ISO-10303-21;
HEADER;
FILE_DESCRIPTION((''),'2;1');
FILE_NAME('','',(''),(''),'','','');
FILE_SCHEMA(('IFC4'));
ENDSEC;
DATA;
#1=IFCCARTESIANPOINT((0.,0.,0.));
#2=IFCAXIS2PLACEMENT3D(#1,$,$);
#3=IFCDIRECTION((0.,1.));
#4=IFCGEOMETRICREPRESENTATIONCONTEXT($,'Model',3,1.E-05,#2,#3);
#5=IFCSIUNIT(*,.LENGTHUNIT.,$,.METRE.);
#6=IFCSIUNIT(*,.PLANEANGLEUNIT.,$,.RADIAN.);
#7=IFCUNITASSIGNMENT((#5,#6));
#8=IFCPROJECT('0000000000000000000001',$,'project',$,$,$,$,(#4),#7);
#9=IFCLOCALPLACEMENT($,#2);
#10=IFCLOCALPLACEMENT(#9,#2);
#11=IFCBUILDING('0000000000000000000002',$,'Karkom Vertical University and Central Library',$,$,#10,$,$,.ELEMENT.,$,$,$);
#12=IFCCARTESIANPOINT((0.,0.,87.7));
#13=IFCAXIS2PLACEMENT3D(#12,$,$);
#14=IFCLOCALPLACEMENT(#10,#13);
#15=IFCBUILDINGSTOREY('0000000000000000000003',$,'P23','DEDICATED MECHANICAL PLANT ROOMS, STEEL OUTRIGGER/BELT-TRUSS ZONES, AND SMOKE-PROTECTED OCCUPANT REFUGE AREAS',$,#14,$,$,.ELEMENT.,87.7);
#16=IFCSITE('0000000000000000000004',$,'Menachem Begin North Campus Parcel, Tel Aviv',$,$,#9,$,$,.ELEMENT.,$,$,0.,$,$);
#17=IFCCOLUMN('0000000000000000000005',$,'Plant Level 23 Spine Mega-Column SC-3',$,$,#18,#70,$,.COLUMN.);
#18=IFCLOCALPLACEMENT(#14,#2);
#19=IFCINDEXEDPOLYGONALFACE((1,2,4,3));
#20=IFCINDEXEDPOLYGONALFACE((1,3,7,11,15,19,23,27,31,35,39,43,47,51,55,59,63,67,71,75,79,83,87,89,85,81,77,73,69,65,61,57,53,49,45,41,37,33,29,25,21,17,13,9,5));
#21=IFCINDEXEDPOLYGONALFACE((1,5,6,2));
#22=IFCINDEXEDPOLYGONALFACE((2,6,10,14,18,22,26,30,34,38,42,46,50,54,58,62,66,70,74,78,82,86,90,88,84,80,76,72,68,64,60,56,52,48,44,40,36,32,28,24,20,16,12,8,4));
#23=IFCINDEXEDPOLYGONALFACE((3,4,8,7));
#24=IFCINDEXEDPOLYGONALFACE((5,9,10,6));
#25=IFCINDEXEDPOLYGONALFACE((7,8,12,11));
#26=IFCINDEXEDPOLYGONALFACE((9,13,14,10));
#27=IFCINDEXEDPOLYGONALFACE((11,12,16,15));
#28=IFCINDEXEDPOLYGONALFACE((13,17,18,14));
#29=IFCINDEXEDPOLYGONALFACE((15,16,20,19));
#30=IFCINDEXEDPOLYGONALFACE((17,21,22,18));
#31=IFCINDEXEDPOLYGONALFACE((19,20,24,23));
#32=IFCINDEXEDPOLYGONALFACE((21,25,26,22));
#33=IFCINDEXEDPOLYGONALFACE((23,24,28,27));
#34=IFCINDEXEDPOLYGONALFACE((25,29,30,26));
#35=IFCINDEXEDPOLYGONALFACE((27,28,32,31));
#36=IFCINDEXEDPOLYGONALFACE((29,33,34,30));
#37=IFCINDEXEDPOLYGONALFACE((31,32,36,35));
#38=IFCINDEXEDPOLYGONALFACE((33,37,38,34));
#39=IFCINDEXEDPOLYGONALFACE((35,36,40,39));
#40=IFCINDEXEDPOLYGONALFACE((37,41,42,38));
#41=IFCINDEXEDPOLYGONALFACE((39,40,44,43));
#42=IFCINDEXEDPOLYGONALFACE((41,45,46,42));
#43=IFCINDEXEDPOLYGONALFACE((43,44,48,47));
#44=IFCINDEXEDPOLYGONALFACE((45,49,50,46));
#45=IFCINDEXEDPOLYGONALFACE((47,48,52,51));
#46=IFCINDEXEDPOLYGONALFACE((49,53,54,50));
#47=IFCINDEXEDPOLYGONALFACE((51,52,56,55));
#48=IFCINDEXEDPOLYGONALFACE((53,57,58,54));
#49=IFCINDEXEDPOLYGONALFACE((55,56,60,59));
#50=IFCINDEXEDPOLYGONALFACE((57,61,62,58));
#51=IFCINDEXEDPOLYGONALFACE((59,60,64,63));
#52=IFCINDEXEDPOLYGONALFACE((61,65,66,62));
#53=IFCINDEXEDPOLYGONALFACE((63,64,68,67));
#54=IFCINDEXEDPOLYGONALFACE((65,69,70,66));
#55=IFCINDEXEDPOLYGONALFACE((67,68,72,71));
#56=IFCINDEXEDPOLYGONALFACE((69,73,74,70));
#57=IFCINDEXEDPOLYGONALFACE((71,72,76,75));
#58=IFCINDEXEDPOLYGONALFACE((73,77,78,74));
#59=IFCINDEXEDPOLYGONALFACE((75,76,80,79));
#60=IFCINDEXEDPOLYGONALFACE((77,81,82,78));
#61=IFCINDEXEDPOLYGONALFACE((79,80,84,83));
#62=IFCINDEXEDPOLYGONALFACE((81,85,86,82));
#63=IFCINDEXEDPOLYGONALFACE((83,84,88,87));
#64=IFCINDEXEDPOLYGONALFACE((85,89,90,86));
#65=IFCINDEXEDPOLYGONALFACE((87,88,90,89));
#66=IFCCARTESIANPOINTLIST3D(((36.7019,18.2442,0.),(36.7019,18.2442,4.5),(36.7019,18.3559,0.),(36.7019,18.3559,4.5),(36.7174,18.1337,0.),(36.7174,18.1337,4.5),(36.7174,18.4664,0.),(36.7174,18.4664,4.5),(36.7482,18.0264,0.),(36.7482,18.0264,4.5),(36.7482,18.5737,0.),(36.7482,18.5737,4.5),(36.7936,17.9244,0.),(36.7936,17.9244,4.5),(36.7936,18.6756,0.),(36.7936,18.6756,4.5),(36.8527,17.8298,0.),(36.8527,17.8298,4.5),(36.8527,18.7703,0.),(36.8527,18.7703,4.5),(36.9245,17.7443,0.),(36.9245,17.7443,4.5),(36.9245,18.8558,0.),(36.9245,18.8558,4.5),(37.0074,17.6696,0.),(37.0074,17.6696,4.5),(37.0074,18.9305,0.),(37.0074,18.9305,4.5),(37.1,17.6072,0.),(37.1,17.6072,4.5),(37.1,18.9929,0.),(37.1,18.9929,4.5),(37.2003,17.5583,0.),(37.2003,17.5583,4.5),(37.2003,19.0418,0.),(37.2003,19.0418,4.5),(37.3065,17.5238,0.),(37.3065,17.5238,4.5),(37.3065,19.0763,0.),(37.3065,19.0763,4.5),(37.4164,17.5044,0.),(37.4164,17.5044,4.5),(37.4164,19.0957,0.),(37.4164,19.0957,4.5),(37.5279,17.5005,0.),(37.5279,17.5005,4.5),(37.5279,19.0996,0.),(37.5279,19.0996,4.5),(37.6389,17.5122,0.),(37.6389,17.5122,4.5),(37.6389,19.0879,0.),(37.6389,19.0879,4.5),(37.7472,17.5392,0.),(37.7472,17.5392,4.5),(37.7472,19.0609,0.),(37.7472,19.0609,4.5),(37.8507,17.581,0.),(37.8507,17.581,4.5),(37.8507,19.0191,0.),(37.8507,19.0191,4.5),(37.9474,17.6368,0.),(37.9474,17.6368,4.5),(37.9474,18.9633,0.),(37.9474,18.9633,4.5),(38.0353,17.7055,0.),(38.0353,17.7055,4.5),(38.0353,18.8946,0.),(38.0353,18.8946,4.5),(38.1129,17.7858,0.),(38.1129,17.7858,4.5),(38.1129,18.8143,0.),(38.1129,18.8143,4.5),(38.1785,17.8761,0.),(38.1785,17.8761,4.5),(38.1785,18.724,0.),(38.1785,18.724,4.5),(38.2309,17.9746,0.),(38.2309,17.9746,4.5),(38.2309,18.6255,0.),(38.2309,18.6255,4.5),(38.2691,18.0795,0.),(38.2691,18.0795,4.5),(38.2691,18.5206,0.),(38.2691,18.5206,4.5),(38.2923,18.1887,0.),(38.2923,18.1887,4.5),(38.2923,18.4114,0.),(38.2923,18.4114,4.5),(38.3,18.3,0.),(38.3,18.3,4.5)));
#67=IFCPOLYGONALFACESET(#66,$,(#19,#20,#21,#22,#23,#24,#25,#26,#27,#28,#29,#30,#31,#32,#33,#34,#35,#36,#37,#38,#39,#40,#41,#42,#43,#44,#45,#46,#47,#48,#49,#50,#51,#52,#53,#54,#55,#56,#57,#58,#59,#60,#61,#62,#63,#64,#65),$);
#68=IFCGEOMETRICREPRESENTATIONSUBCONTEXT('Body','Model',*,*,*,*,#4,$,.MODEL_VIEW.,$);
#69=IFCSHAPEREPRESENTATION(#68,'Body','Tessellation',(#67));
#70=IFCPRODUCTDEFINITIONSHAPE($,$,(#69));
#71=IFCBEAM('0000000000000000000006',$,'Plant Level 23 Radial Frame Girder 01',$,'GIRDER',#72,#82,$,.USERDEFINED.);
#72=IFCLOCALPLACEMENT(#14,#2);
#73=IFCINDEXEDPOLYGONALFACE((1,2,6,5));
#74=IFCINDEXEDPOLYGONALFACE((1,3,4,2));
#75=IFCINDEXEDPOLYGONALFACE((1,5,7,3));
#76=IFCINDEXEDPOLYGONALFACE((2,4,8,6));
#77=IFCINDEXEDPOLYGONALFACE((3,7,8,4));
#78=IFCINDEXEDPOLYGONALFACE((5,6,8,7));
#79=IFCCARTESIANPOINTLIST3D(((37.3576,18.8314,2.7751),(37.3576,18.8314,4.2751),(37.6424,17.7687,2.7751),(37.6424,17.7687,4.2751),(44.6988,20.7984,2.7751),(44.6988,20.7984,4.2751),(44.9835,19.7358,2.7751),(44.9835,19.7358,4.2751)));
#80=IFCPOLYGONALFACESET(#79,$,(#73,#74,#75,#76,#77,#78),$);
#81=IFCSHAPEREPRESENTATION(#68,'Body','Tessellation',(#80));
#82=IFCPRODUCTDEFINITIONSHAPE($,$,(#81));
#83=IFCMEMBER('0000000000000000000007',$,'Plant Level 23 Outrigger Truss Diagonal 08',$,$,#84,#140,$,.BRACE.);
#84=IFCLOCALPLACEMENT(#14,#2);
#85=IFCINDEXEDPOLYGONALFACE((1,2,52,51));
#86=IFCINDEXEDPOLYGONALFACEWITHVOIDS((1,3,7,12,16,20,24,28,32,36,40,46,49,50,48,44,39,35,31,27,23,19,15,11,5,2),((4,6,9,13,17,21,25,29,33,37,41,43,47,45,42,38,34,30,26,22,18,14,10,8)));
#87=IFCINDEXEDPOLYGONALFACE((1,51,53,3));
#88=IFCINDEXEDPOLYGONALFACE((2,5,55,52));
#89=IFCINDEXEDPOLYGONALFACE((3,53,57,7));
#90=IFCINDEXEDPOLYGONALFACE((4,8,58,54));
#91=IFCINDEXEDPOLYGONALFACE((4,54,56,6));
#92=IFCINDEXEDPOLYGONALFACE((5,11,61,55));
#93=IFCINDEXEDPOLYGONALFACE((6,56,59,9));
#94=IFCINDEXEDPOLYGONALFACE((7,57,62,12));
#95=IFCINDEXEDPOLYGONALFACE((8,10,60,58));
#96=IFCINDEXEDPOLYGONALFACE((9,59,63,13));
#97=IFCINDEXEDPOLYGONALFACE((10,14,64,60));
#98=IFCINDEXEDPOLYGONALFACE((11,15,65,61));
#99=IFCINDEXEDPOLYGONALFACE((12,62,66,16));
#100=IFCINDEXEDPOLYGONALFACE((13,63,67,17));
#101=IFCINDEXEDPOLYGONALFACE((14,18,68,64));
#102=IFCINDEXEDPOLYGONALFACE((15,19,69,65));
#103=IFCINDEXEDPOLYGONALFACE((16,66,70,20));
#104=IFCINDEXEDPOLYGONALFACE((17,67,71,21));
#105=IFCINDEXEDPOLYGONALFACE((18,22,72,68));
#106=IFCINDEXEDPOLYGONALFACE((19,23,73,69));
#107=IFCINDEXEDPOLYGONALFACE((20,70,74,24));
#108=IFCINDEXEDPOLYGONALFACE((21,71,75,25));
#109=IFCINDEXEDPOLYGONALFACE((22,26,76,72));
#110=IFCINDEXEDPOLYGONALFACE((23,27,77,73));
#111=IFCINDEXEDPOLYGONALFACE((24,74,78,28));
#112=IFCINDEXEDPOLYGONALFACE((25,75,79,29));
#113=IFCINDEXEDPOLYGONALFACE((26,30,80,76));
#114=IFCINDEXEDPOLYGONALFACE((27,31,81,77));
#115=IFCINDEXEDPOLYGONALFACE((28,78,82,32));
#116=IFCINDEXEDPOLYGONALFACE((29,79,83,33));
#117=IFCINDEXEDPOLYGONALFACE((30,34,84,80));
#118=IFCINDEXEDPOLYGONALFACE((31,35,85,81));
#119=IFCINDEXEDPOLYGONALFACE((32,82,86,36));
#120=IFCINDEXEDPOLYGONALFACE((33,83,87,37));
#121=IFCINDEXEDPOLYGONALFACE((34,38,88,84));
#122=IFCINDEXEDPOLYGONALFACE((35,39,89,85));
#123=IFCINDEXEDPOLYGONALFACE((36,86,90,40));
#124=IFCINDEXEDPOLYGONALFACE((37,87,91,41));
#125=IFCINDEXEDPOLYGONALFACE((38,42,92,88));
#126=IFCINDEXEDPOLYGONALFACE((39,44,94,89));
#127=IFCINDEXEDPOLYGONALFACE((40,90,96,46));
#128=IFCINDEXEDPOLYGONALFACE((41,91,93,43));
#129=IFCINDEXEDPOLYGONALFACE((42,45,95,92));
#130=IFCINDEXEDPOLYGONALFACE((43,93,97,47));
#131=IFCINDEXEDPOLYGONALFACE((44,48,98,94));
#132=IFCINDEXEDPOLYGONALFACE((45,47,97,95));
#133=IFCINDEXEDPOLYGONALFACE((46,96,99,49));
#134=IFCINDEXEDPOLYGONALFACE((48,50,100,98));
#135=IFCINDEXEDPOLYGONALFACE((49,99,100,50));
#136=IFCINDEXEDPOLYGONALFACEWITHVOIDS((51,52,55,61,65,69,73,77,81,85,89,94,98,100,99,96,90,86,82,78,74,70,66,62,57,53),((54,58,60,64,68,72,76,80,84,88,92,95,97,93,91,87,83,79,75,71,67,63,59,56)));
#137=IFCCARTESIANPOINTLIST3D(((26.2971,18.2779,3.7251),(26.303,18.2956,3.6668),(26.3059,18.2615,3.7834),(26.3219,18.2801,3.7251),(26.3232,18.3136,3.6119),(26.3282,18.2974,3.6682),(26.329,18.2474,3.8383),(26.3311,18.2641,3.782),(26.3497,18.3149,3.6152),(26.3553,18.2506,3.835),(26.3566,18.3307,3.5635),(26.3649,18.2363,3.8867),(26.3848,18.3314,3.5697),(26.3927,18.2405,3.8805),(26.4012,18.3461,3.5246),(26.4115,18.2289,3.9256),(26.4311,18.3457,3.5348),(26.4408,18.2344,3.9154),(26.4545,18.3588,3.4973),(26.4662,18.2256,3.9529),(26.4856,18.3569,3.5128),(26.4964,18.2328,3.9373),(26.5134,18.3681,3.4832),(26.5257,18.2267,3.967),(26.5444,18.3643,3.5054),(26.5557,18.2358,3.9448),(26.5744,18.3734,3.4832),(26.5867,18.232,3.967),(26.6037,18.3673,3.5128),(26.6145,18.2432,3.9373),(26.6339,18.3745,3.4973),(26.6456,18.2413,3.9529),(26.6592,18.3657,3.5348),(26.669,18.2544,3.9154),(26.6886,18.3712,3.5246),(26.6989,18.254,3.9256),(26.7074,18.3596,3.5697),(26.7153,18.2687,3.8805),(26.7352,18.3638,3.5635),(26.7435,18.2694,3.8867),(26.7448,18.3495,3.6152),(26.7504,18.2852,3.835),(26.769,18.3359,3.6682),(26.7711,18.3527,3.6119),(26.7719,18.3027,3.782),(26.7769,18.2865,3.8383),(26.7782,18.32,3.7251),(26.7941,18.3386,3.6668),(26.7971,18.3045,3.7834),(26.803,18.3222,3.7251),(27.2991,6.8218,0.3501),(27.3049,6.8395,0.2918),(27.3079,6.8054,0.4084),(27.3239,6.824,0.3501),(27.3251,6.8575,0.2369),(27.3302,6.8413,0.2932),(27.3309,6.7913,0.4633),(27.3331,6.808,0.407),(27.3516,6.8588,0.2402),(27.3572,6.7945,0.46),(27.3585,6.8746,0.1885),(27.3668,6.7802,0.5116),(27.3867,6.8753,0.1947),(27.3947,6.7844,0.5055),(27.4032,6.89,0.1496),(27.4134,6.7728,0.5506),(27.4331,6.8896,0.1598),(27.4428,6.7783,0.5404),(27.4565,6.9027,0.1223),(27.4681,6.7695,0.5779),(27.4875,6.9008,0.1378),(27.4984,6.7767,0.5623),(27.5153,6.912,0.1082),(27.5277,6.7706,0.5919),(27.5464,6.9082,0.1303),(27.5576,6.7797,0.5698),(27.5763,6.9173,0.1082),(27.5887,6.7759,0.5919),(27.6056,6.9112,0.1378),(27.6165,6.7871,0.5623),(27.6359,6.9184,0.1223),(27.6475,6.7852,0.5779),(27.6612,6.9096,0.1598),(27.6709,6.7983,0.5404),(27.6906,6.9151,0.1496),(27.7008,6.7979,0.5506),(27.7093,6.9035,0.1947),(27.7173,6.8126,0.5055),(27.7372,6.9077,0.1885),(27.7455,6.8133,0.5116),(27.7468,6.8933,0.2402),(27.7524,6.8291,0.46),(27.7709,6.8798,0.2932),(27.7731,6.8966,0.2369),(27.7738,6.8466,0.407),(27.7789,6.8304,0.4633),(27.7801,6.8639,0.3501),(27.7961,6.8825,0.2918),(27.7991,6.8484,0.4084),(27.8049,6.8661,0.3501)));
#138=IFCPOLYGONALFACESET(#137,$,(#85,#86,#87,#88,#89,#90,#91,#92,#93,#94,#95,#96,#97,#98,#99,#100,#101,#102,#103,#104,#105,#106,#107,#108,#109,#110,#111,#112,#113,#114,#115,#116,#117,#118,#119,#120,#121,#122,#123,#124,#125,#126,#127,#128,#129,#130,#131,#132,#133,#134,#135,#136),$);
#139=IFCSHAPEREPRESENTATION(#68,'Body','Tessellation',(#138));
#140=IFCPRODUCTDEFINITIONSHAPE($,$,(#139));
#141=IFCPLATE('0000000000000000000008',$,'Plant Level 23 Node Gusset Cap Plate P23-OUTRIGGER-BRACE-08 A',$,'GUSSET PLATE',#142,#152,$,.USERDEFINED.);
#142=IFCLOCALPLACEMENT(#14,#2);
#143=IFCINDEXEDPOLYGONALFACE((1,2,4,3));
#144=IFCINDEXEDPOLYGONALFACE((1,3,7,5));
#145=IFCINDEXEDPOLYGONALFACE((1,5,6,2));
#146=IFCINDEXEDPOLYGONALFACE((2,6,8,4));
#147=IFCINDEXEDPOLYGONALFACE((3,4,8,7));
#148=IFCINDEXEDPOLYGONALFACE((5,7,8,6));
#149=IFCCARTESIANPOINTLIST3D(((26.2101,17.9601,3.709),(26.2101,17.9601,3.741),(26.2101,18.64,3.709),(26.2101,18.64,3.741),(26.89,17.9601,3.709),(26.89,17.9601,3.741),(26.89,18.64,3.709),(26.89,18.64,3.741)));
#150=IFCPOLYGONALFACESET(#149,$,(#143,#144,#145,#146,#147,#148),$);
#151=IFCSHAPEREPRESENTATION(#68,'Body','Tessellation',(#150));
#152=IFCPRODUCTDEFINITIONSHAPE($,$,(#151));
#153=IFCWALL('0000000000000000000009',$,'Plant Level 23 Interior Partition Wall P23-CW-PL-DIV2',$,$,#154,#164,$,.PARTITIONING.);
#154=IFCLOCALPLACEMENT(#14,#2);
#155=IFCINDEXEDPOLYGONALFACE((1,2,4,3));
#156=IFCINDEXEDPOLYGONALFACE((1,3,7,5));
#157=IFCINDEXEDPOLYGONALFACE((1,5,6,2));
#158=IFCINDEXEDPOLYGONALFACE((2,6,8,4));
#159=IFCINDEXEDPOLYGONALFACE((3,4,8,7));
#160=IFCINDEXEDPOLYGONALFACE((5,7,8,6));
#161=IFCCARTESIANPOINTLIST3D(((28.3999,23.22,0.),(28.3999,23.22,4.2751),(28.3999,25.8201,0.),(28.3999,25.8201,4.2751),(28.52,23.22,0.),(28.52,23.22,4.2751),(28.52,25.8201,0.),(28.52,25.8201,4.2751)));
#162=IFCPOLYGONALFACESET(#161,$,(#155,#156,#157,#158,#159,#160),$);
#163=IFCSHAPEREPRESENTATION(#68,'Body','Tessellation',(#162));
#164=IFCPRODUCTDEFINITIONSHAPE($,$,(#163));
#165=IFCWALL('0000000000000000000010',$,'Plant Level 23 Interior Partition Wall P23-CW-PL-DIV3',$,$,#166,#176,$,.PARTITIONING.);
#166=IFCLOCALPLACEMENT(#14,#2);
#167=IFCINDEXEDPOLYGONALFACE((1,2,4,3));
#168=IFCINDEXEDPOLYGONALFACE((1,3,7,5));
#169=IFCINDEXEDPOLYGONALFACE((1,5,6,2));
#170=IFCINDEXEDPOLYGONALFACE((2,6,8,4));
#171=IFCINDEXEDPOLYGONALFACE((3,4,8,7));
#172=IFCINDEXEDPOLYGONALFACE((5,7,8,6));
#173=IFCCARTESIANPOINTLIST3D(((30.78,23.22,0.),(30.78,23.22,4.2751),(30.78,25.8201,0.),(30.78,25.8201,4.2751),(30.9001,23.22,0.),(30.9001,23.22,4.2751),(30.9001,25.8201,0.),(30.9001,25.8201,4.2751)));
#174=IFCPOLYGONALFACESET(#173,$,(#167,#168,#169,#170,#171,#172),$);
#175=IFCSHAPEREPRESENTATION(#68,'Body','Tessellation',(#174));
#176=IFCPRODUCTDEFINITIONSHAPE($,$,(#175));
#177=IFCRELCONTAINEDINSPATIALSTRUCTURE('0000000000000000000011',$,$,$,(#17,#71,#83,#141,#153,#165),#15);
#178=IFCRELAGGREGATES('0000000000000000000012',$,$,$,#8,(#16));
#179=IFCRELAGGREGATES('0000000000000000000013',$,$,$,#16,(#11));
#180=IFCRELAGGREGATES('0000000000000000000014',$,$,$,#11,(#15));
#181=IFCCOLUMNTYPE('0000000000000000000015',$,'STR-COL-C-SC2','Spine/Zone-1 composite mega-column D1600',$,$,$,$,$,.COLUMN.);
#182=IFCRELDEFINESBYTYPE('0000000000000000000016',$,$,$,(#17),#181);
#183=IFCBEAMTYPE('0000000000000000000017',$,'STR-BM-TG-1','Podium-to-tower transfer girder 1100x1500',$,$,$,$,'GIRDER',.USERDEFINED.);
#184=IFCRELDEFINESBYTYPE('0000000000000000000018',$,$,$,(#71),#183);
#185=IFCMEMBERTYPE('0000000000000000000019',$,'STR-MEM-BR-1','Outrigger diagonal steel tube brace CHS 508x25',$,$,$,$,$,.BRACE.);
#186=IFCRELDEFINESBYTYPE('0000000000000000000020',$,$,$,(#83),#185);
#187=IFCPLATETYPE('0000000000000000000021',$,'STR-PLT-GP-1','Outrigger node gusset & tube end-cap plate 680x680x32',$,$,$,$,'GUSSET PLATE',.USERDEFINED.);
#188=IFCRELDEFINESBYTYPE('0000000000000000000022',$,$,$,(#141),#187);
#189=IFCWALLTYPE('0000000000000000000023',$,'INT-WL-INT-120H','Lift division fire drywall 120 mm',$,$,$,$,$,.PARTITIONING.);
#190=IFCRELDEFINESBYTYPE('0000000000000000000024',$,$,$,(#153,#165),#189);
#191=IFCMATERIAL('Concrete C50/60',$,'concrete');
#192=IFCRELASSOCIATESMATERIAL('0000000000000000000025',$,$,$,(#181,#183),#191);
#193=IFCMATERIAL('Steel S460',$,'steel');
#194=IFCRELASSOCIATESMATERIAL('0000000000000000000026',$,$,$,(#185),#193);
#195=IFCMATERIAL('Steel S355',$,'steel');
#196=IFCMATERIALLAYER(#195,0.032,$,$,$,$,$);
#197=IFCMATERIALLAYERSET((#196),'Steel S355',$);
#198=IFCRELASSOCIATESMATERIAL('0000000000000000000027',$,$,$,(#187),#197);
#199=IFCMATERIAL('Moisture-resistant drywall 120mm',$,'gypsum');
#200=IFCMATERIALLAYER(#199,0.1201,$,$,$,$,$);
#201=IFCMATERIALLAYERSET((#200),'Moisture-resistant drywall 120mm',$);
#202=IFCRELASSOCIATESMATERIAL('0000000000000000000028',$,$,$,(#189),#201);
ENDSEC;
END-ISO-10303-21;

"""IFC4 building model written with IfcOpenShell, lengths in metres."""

from ifc_helpers import new_model, si_unit, direction, frame, frame_2d, origin, origin_with_axes, origin_2d, place, context, subcontext, project, spatial, rectangle, circle, hollow_circle, extrude, source, transform, mapped, material, layer, layer_set, material_profile, profile_set, type_object, element, save


model = new_model("IFC4")

# Units and contexts
model_context = context("Model", 3, precision=1e-05, world=origin(), true_north=direction((0.0, 1.0)))
body_context = subcontext(model_context, "Body", "Model", "MODEL_VIEW")
ifc_project = project(units=[si_unit("LENGTHUNIT", "METRE"), si_unit("PLANEANGLEUNIT", "RADIAN")], contexts=[model_context])

# Site, building, storey
site_placement = place(None, origin())
site = spatial("IfcSite", under=ifc_project, at=site_placement, Name="Menachem Begin North Campus Parcel, Tel Aviv", CompositionType="ELEMENT", RefElevation=0.0)
building_placement = place(site_placement, origin())
building = spatial("IfcBuilding", under=site, at=building_placement, Name="Karkom Vertical University and Central Library", CompositionType="ELEMENT")
storey_placement = place(building_placement, frame((0.0, 0.0, 87.7)))
storey = spatial("IfcBuildingStorey", under=building, at=storey_placement, Name="P23", Description="DEDICATED MECHANICAL PLANT ROOMS, STEEL OUTRIGGER/BELT-TRUSS ZONES, AND SMOKE-PROTECTED OCCUPANT REFUGE AREAS", CompositionType="ELEMENT", Elevation=87.7)

# Column
ifc_material_1 = material(Name="Concrete C50/60", Category="concrete")
ifc_material_profile_1 = material_profile(ifc_material_1, circle(Radius=0.8, at=origin_2d()), Name="CFT-D1600")
ifc_profile_set_1 = profile_set([ifc_material_profile_1], Name="Concrete C50/60")
column_type = type_object("IfcColumnType", Name="STR-COL-C-SC2", Description="Spine/Zone-1 composite mega-column D1600", PredefinedType="COLUMN", material=ifc_profile_set_1)
shared_shape_1 = source(origin_with_axes(), body_context, "Body", "SweptSolid", [
    extrude(circle(Radius=0.8, at=origin_2d()), origin(), (0.0, 0.0, 1.0), 4.5),
])
column_placement = place(storey_placement, frame((37.5, 18.3, 0.0), z_axis=(0.0, 0.0, 1.0), x_axis=(1.0, 0.0, 0.0)))
element("IfcColumn", 1, at=column_placement, inside=storey, type_object=column_type, Name="Plant Level 23 Spine Mega-Column SC-3", PredefinedType="COLUMN", context=body_context, shape_type="MappedRepresentation", body=[
    mapped(shared_shape_1, transform((0.0, 0.0, 0.0), scale=1.0)),
])

# Beam
ifc_material_profile_2 = material_profile(ifc_material_1, rectangle(XDim=1.1001, YDim=1.5, at=origin_2d()), Name="TG-1100x1500")
ifc_profile_set_2 = profile_set([ifc_material_profile_2], Name="Concrete C50/60")
beam_type = type_object("IfcBeamType", Name="STR-BM-TG-1", Description="Podium-to-tower transfer girder 1100x1500", ElementType="GIRDER", PredefinedType="USERDEFINED", material=ifc_profile_set_2)
shared_shape_2 = source(origin_with_axes(), body_context, "Body", "SweptSolid", [
    extrude(rectangle(XDim=1.1001, YDim=1.5, at=origin_2d()), origin(), (0.0, 0.0, 1.0), 7.6001),
])
beam_placement = place(storey_placement, frame((37.5, 18.3, 3.5251), z_axis=(0.965926, 0.25882, 0.0), x_axis=(-0.25882, 0.965926, 0.0)))
element("IfcBeam", 2, at=beam_placement, inside=storey, type_object=beam_type, Name="Plant Level 23 Radial Frame Girder 01", ObjectType="GIRDER", PredefinedType="USERDEFINED", context=body_context, shape_type="MappedRepresentation", body=[
    mapped(shared_shape_2, transform((0.0, 0.0, 0.0), scale=1.0)),
])

# Member
ifc_material_2 = material(Name="Steel S460", Category="steel")
ifc_material_profile_3 = material_profile(ifc_material_2, hollow_circle(Radius=0.2539, WallThickness=0.0249, at=origin_2d()), Name="CHS 508x25")
ifc_profile_set_3 = profile_set([ifc_material_profile_3], Name="Steel S460")
member_type = type_object("IfcMemberType", Name="STR-MEM-BR-1", Description="Outrigger diagonal steel tube brace CHS 508x25", PredefinedType="BRACE", material=ifc_profile_set_3)
shared_shape_3 = source(origin_with_axes(), body_context, "Body", "SweptSolid", [
    extrude(hollow_circle(Radius=0.2539, WallThickness=0.0249, at=origin_2d()), origin(), (0.0, 0.0, 1.0), 11.9849),
])
member_placement = place(storey_placement, frame((26.55, 18.3, 3.7251), z_axis=(0.083602, -0.955881, -0.281606), x_axis=(0.996197, 0.087128, 0.0)))
element("IfcMember", 3, at=member_placement, inside=storey, type_object=member_type, Name="Plant Level 23 Outrigger Truss Diagonal 08", PredefinedType="BRACE", context=body_context, shape_type="MappedRepresentation", body=[
    mapped(shared_shape_3, transform((0.0, 0.0, 0.0), scale=1.0)),
])

# Plate
ifc_material_3 = material(Name="Steel S355", Category="steel")
ifc_layer_1 = layer(ifc_material_3, 0.032)
ifc_layer_set_1 = layer_set([ifc_layer_1], Name="Steel S355")
plate_type = type_object("IfcPlateType", Name="STR-PLT-GP-1", Description="Outrigger node gusset & tube end-cap plate 680x680x32", ElementType="GUSSET PLATE", PredefinedType="USERDEFINED", material=ifc_layer_set_1)
shared_shape_4 = source(origin_with_axes(), body_context, "Body", "SweptSolid", [
    extrude(rectangle(XDim=0.6799, YDim=0.6799, at=origin_2d()), origin(), (0.0, 0.0, 1.0), 0.032),
])
plate_placement = place(storey_placement, frame((26.55, 18.3, 3.709), z_axis=(0.0, 0.0, 1.0), x_axis=(1.0, 0.0, 0.0)))
element("IfcPlate", 4, at=plate_placement, inside=storey, type_object=plate_type, Name="Plant Level 23 Node Gusset Cap Plate P23-OUTRIGGER-BRACE-08 A", ObjectType="GUSSET PLATE", PredefinedType="USERDEFINED", context=body_context, shape_type="MappedRepresentation", body=[
    mapped(shared_shape_4, transform((0.0, 0.0, 0.0), scale=1.0)),
])

# Walls
ifc_material_4 = material(Name="Moisture-resistant drywall 120mm", Category="gypsum")
ifc_layer_2 = layer(ifc_material_4, 0.1201)
ifc_layer_set_2 = layer_set([ifc_layer_2], Name="Moisture-resistant drywall 120mm")
wall_type_1 = type_object("IfcWallType", Name="INT-WL-INT-120H", Description="Lift division fire drywall 120 mm", PredefinedType="PARTITIONING", material=ifc_layer_set_2)
for number, where, z_axis, x_axis, name in (
    (5, (28.46, 23.22, 0.0), (0.0, 0.0, 1.0), (0.0, 1.0, 0.0), "Plant Level 23 Interior Partition Wall P23-CW-PL-DIV2"),
    (6, (30.8401, 23.22, 0.0), (0.0, 0.0, 1.0), (0.0, 1.0, 0.0), "Plant Level 23 Interior Partition Wall P23-CW-PL-DIV3"),
):
    element("IfcWall", number, at=place(storey_placement, frame(where, z_axis=z_axis, x_axis=x_axis)), inside=storey, type_object=wall_type_1, Name=name, PredefinedType="PARTITIONING", context=body_context, shape_type="SweptSolid", body=[
        extrude(rectangle(XDim=2.6001, YDim=0.1201, at=frame_2d((1.3, 0.0))), origin(), (0.0, 0.0, 1.0), 4.2751),
    ])

save(model, "model.ifc")
